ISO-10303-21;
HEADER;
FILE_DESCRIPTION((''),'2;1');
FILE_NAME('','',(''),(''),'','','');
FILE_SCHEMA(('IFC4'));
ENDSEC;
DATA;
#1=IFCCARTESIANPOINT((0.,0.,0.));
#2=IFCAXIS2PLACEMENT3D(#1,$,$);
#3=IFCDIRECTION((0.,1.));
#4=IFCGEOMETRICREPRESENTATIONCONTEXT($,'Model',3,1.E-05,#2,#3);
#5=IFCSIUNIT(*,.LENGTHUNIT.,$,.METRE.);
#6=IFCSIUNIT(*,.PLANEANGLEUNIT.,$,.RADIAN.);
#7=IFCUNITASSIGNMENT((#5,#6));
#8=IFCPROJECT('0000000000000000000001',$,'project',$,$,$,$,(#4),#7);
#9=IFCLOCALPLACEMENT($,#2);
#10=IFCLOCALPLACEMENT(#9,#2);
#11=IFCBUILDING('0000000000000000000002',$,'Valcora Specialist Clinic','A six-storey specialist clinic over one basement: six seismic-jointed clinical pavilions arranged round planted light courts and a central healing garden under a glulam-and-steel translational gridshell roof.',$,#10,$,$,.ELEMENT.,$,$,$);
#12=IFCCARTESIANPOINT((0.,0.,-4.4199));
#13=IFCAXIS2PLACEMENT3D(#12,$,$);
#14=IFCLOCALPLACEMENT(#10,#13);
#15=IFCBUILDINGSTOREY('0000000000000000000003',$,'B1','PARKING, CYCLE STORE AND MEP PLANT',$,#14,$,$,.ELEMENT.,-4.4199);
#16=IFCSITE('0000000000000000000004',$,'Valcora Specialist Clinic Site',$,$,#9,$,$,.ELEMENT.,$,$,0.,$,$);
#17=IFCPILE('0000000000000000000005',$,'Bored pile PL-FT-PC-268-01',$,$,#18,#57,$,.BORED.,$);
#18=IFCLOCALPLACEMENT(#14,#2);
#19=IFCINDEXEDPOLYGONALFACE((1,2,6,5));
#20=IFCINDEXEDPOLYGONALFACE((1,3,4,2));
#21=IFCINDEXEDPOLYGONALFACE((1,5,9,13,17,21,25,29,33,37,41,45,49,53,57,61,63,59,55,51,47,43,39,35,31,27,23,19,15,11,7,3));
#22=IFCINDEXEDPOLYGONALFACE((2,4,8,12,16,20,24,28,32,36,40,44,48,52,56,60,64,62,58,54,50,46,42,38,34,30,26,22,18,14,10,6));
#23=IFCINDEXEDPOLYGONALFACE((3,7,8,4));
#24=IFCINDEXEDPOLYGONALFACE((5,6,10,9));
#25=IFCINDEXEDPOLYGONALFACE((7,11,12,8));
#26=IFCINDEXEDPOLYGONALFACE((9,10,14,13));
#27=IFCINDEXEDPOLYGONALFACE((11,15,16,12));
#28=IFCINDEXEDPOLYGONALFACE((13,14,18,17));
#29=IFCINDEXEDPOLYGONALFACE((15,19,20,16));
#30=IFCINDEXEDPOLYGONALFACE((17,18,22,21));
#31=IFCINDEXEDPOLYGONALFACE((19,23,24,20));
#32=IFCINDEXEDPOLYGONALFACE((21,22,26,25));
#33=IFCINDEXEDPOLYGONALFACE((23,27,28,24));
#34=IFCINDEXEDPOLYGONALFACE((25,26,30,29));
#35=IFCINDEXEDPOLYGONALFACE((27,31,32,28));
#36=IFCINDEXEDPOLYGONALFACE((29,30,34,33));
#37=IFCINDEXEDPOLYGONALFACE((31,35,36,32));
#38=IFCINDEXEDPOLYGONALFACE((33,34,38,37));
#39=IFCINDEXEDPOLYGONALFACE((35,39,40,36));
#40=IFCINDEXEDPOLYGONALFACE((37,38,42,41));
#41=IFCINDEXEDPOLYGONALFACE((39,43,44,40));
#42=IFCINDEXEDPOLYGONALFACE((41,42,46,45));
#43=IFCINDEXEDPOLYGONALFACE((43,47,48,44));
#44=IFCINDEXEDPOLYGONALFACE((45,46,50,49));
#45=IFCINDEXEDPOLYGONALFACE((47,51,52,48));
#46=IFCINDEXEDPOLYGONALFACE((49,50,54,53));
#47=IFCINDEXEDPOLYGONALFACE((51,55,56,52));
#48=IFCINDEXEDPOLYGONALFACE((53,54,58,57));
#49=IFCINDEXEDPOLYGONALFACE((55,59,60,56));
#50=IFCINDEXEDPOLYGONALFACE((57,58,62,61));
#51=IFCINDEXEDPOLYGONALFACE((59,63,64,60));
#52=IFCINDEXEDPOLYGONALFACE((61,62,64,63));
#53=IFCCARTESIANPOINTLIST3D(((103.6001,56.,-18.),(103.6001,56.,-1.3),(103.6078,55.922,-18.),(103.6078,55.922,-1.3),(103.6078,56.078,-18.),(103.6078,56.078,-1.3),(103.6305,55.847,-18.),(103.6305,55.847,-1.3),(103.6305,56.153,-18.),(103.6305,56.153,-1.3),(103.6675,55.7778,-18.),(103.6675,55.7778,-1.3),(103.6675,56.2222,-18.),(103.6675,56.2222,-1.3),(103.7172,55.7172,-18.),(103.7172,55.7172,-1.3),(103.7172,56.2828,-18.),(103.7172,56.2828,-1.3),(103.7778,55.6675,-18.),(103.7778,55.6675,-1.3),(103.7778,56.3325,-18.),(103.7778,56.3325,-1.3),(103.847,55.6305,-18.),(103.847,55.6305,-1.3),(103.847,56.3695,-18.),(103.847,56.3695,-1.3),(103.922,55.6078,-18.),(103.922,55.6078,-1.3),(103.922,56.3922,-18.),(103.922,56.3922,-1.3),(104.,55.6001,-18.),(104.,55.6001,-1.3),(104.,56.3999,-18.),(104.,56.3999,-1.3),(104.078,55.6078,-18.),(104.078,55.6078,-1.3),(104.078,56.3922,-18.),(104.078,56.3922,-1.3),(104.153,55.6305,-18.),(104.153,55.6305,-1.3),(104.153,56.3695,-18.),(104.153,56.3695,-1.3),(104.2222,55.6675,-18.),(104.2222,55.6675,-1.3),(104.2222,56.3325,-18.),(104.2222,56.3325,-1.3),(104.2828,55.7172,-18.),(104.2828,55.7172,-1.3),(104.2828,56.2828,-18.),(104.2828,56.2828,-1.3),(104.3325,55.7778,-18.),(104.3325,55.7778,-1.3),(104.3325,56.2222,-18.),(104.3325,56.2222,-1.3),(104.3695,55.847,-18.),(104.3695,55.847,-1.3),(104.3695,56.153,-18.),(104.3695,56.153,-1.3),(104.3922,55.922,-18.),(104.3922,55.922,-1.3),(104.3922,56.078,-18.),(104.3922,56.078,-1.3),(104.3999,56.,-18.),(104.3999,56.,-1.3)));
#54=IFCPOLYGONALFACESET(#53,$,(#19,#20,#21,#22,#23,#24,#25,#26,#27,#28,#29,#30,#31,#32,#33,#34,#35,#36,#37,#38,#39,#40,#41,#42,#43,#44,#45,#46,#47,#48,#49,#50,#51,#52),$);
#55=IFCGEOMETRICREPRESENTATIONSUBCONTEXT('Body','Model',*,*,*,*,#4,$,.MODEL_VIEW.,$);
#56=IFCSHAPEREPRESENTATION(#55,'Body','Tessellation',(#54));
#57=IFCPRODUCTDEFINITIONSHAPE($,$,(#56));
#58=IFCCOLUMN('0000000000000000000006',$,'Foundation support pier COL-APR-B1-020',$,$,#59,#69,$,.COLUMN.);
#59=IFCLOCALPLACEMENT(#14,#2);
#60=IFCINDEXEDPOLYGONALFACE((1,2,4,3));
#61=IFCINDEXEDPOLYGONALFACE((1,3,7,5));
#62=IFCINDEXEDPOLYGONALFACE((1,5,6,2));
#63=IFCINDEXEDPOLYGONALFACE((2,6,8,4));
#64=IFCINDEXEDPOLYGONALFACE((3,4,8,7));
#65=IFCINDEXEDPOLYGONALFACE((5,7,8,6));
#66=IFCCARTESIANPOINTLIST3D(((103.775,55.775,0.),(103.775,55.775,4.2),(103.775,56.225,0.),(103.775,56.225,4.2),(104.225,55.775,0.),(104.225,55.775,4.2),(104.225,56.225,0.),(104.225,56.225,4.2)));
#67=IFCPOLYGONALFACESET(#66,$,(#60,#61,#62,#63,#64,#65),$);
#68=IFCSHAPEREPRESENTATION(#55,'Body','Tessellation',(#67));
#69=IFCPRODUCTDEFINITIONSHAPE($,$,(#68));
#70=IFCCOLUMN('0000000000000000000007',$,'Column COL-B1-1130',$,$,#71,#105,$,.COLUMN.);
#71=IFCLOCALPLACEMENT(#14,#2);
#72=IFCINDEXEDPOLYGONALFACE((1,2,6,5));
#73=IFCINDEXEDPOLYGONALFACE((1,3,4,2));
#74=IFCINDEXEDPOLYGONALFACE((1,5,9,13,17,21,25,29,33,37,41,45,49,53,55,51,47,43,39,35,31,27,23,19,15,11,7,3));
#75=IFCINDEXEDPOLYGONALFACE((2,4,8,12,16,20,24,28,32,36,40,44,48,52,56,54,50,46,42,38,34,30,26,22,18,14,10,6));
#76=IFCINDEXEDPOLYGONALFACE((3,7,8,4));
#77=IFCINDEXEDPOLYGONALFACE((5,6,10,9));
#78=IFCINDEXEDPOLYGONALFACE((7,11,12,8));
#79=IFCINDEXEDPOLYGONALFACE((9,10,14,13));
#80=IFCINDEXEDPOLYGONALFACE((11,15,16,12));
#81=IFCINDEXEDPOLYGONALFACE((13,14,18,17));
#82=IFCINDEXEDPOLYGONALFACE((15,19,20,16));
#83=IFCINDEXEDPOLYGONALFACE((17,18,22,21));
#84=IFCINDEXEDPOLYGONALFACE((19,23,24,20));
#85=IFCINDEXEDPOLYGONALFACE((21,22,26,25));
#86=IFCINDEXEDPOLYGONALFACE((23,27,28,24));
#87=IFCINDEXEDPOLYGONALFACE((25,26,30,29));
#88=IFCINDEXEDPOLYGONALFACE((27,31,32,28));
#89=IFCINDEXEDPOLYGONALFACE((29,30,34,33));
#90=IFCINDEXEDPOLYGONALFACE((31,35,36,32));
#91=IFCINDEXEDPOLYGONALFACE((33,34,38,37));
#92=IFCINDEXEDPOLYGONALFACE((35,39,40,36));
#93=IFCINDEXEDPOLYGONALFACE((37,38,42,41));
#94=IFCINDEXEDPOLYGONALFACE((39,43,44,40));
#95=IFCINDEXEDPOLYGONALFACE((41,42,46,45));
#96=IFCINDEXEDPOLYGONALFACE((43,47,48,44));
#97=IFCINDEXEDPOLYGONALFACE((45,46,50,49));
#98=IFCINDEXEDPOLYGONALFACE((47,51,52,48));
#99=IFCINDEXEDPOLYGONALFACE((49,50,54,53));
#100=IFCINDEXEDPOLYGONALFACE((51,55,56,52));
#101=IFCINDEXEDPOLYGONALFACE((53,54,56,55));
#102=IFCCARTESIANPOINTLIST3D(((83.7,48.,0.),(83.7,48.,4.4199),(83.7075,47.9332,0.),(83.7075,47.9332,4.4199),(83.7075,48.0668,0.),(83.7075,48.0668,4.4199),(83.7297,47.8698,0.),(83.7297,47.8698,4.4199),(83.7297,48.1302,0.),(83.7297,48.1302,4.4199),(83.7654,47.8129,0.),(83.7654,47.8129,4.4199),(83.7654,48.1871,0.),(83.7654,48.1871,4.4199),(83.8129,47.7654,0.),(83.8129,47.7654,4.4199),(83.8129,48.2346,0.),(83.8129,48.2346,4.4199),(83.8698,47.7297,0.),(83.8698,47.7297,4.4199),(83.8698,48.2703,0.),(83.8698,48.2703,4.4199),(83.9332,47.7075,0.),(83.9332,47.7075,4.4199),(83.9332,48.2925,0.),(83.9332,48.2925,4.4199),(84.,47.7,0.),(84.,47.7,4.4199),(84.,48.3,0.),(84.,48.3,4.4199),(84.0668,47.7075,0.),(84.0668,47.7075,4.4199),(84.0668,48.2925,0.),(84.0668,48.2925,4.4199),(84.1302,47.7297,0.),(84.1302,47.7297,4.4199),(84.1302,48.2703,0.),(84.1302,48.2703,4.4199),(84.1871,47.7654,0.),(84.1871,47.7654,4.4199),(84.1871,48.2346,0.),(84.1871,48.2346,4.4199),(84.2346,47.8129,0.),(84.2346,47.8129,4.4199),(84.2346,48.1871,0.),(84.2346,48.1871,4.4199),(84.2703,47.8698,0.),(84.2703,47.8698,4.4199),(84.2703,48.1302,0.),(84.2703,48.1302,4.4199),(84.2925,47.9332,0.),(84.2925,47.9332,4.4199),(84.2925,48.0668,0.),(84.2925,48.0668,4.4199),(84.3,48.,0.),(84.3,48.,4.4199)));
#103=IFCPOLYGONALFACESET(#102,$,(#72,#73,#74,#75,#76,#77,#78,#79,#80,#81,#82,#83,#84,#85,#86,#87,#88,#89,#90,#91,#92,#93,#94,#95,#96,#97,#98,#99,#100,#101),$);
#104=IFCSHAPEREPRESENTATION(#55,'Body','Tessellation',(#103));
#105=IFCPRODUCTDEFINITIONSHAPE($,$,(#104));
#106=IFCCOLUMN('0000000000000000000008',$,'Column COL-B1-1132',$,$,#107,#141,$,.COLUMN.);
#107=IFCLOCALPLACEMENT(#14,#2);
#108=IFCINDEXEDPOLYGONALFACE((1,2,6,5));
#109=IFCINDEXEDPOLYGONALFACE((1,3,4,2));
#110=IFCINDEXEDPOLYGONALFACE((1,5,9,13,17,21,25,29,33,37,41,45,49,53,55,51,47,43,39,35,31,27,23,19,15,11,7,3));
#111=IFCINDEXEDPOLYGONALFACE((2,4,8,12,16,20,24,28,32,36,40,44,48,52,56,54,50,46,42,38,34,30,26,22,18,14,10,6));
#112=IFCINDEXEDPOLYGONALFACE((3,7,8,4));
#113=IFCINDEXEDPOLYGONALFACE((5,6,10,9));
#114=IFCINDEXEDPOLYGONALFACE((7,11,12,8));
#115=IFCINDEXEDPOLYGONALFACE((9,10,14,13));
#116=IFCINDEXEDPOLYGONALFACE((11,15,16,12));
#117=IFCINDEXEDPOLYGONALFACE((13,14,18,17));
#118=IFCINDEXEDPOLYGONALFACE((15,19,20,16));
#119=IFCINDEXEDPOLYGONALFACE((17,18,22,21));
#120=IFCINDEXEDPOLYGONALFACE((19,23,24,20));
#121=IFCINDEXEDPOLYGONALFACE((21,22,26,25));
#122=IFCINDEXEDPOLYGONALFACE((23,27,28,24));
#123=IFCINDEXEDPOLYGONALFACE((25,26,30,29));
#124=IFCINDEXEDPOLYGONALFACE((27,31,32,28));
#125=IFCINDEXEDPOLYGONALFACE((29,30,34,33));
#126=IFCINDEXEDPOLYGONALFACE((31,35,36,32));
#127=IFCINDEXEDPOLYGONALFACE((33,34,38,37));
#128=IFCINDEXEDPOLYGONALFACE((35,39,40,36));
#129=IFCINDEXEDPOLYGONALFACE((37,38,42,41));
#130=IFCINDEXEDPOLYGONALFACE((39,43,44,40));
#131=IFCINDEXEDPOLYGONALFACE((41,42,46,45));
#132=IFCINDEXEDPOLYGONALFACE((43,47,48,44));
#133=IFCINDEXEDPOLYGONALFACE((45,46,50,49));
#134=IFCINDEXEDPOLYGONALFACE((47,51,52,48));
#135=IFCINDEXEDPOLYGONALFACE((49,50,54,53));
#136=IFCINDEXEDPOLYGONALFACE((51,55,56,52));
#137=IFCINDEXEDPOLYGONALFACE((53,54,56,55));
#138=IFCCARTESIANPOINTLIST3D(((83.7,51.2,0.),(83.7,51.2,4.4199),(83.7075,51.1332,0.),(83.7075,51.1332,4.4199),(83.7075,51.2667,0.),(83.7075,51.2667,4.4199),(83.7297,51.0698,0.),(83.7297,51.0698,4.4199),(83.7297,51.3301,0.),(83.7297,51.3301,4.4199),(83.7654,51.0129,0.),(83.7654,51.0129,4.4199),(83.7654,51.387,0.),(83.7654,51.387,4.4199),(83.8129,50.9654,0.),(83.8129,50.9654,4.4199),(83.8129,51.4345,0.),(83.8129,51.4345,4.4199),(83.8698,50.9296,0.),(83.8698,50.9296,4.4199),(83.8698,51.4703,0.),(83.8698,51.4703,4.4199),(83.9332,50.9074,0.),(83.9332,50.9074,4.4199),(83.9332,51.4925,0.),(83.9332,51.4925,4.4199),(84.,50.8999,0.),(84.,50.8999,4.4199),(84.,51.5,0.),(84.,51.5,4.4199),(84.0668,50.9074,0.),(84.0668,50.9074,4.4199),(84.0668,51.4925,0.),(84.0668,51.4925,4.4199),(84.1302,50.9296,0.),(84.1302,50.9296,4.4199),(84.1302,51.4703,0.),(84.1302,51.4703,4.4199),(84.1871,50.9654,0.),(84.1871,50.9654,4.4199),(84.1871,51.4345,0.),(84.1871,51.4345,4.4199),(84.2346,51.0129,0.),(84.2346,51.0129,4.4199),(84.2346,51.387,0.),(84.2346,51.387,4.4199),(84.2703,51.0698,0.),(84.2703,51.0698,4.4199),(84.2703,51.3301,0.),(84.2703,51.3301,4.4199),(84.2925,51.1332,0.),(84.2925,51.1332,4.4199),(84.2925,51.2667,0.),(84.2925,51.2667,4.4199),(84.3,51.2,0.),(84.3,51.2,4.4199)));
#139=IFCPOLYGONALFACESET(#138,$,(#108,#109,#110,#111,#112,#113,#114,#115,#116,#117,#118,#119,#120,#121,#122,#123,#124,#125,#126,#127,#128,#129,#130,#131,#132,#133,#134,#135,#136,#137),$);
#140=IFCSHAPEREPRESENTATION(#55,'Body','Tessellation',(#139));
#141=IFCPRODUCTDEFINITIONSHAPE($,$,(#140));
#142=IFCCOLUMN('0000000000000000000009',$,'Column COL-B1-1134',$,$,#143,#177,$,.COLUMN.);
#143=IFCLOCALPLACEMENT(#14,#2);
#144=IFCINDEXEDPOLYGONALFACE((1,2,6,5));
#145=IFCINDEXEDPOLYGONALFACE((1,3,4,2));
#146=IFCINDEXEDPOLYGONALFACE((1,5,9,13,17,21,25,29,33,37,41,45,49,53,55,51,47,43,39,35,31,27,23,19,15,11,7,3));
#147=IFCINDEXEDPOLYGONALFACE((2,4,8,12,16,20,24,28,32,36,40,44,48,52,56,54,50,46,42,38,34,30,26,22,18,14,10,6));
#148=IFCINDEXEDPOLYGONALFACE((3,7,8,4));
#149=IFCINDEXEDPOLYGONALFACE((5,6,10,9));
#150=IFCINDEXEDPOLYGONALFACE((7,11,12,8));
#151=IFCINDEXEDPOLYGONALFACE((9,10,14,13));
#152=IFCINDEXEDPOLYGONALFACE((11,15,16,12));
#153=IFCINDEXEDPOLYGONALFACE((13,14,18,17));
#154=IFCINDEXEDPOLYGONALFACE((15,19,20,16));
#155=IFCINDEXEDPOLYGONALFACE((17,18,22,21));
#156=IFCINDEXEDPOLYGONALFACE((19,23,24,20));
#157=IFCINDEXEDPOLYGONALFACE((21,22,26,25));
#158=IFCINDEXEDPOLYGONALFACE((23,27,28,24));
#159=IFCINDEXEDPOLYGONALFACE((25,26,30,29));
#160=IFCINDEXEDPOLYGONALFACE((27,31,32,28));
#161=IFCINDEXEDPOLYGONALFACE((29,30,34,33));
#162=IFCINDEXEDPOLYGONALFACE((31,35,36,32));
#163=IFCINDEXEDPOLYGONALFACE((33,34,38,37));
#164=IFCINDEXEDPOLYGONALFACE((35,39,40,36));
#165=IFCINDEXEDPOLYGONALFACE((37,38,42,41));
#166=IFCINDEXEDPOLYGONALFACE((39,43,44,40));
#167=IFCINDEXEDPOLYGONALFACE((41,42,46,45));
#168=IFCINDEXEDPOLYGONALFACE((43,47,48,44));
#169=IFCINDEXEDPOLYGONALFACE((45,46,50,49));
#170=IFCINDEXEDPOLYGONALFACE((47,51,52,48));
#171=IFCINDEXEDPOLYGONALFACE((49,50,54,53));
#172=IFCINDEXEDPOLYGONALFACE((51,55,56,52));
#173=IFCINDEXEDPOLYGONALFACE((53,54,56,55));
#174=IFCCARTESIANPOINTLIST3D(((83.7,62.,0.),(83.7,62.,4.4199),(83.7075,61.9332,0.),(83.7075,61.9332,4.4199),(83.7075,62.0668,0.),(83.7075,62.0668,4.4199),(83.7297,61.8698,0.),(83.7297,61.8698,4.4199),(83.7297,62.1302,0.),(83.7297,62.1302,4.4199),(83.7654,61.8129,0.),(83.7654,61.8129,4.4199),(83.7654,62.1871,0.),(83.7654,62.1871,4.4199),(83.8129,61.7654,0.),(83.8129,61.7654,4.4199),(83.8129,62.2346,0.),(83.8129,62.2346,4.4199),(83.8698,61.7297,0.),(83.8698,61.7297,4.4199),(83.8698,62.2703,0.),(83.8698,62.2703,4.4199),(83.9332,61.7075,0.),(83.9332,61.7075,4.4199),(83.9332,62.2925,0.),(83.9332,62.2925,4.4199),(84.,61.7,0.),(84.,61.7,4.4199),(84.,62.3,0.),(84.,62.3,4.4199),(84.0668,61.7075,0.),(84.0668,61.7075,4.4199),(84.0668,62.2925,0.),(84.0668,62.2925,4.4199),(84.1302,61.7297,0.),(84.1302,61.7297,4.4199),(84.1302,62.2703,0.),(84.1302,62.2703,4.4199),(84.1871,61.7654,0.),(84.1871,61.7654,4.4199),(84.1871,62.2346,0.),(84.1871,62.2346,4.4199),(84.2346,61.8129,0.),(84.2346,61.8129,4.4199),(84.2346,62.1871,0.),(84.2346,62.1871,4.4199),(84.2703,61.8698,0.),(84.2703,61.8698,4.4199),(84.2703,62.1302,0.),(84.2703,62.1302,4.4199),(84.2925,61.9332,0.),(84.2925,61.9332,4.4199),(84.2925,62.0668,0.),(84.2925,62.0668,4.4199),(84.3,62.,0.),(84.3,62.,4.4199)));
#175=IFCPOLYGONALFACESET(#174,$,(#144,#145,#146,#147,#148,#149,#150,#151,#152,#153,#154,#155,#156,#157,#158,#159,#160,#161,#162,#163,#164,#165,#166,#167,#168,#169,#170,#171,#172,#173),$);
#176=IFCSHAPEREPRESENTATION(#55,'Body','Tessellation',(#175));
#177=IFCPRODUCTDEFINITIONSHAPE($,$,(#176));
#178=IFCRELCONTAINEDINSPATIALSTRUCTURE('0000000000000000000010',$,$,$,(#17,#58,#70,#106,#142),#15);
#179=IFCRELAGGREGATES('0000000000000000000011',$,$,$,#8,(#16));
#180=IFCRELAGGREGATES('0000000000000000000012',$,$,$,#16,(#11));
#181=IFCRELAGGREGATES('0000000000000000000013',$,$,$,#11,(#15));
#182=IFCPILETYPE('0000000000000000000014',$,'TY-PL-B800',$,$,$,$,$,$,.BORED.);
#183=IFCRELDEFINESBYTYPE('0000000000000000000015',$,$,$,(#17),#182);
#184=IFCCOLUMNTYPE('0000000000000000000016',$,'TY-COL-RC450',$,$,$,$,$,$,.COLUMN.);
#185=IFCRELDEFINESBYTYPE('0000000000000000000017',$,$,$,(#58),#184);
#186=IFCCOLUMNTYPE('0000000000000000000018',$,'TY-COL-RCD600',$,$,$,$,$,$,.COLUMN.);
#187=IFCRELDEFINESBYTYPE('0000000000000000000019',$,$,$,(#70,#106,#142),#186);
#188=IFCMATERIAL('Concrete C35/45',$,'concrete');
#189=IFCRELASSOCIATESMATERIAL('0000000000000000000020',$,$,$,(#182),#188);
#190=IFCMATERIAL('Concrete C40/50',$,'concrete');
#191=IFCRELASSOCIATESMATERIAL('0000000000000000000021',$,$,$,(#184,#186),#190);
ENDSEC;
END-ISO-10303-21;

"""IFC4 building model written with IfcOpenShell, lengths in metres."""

from ifc_helpers import new_model, si_unit, direction, frame, origin, origin_2d, place, context, subcontext, project, spatial, rectangle, circle, extrude, material, material_profile, profile_set, type_object, element, save


model = new_model("IFC4")

# Units and contexts
model_context = context("Model", 3, precision=1e-05, world=origin(), true_north=direction((0.0, 1.0)))
body_context = subcontext(model_context, "Body", "Model", "MODEL_VIEW")
ifc_project = project(units=[si_unit("LENGTHUNIT", "METRE"), si_unit("PLANEANGLEUNIT", "RADIAN")], contexts=[model_context])

# Site, building, storey
site_placement = place(None, origin())
site = spatial("IfcSite", under=ifc_project, at=site_placement, Name="Valcora Specialist Clinic Site", CompositionType="ELEMENT", RefElevation=0.0)
building_placement = place(site_placement, origin())
building = spatial("IfcBuilding", under=site, at=building_placement, Name="Valcora Specialist Clinic", Description="A six-storey specialist clinic over one basement: six seismic-jointed clinical pavilions arranged round planted light courts and a central healing garden under a glulam-and-steel translational gridshell roof.", CompositionType="ELEMENT")
storey_placement = place(building_placement, frame((0.0, 0.0, -4.4199)))
storey = spatial("IfcBuildingStorey", under=building, at=storey_placement, Name="B1", Description="PARKING, CYCLE STORE AND MEP PLANT", CompositionType="ELEMENT", Elevation=-4.4199)

# Shared definitions
ifc_material_1 = material(Name="Concrete C35/45", Category="concrete")

# Pile
ifc_material_profile_1 = material_profile(ifc_material_1, circle(Radius=0.3999, at=origin_2d()), Name="RC-PIL-D800")
ifc_profile_set_1 = profile_set([ifc_material_profile_1], Name="Concrete C35/45")
pile_type = type_object("IfcPileType", Name="TY-PL-B800", PredefinedType="BORED", material=ifc_profile_set_1)
for number, where, z_axis, x_axis, name in (
    (1, (104.0, 56.0, -1.3), (0.0, 0.0, -1.0), (1.0, 0.0, 0.0), "Bored pile PL-FT-PC-268-01"),
):
    element("IfcPile", number, at=place(storey_placement, frame(where, z_axis=z_axis, x_axis=x_axis)), inside=storey, type_object=pile_type, Name=name, PredefinedType="BORED", context=body_context, shape_type="SweptSolid", body=[
        extrude(circle(Radius=0.3999, at=origin_2d()), origin(), (0.0, 0.0, 1.0), 16.7),
    ])

# Columns
ifc_material_2 = material(Name="Concrete C40/50", Category="concrete")
ifc_material_profile_2 = material_profile(ifc_material_2, rectangle(XDim=0.45, YDim=0.45, at=origin_2d()), Name="RC-COL-450X450")
ifc_profile_set_2 = profile_set([ifc_material_profile_2], Name="Concrete C40/50")
column_type_1 = type_object("IfcColumnType", Name="TY-COL-RC450", PredefinedType="COLUMN", material=ifc_profile_set_2)
column_placement = place(storey_placement, frame((104.0, 56.0, 0.0), z_axis=(0.0, 0.0, 1.0), x_axis=(1.0, 0.0, 0.0)))
element("IfcColumn", 2, at=column_placement, inside=storey, type_object=column_type_1, Name="Foundation support pier COL-APR-B1-020", PredefinedType="COLUMN", context=body_context, shape_type="SweptSolid", body=[
    extrude(rectangle(XDim=0.45, YDim=0.45, at=origin_2d()), origin(), (0.0, 0.0, 1.0), 4.2),
])
ifc_material_profile_3 = material_profile(ifc_material_2, circle(Radius=0.3, at=origin_2d()), Name="RC-COL-D600")
ifc_profile_set_3 = profile_set([ifc_material_profile_3], Name="Concrete C40/50")
column_type_2 = type_object("IfcColumnType", Name="TY-COL-RCD600", PredefinedType="COLUMN", material=ifc_profile_set_3)
for number, where, z_axis, x_axis, name in (
    (3, (84.0, 48.0, 0.0), (0.0, 0.0, 1.0), (1.0, 0.0, 0.0), "Column COL-B1-1130"),
    (4, (84.0, 51.2, 0.0), (0.0, 0.0, 1.0), (1.0, 0.0, 0.0), "Column COL-B1-1132"),
    (5, (84.0, 62.0, 0.0), (0.0, 0.0, 1.0), (1.0, 0.0, 0.0), "Column COL-B1-1134"),
):
    element("IfcColumn", number, at=place(storey_placement, frame(where, z_axis=z_axis, x_axis=x_axis)), inside=storey, type_object=column_type_2, Name=name, PredefinedType="COLUMN", context=body_context, shape_type="SweptSolid", body=[
        extrude(circle(Radius=0.3, at=origin_2d()), origin(), (0.0, 0.0, 1.0), 4.4199),
    ])

save(model, "model.ifc")
